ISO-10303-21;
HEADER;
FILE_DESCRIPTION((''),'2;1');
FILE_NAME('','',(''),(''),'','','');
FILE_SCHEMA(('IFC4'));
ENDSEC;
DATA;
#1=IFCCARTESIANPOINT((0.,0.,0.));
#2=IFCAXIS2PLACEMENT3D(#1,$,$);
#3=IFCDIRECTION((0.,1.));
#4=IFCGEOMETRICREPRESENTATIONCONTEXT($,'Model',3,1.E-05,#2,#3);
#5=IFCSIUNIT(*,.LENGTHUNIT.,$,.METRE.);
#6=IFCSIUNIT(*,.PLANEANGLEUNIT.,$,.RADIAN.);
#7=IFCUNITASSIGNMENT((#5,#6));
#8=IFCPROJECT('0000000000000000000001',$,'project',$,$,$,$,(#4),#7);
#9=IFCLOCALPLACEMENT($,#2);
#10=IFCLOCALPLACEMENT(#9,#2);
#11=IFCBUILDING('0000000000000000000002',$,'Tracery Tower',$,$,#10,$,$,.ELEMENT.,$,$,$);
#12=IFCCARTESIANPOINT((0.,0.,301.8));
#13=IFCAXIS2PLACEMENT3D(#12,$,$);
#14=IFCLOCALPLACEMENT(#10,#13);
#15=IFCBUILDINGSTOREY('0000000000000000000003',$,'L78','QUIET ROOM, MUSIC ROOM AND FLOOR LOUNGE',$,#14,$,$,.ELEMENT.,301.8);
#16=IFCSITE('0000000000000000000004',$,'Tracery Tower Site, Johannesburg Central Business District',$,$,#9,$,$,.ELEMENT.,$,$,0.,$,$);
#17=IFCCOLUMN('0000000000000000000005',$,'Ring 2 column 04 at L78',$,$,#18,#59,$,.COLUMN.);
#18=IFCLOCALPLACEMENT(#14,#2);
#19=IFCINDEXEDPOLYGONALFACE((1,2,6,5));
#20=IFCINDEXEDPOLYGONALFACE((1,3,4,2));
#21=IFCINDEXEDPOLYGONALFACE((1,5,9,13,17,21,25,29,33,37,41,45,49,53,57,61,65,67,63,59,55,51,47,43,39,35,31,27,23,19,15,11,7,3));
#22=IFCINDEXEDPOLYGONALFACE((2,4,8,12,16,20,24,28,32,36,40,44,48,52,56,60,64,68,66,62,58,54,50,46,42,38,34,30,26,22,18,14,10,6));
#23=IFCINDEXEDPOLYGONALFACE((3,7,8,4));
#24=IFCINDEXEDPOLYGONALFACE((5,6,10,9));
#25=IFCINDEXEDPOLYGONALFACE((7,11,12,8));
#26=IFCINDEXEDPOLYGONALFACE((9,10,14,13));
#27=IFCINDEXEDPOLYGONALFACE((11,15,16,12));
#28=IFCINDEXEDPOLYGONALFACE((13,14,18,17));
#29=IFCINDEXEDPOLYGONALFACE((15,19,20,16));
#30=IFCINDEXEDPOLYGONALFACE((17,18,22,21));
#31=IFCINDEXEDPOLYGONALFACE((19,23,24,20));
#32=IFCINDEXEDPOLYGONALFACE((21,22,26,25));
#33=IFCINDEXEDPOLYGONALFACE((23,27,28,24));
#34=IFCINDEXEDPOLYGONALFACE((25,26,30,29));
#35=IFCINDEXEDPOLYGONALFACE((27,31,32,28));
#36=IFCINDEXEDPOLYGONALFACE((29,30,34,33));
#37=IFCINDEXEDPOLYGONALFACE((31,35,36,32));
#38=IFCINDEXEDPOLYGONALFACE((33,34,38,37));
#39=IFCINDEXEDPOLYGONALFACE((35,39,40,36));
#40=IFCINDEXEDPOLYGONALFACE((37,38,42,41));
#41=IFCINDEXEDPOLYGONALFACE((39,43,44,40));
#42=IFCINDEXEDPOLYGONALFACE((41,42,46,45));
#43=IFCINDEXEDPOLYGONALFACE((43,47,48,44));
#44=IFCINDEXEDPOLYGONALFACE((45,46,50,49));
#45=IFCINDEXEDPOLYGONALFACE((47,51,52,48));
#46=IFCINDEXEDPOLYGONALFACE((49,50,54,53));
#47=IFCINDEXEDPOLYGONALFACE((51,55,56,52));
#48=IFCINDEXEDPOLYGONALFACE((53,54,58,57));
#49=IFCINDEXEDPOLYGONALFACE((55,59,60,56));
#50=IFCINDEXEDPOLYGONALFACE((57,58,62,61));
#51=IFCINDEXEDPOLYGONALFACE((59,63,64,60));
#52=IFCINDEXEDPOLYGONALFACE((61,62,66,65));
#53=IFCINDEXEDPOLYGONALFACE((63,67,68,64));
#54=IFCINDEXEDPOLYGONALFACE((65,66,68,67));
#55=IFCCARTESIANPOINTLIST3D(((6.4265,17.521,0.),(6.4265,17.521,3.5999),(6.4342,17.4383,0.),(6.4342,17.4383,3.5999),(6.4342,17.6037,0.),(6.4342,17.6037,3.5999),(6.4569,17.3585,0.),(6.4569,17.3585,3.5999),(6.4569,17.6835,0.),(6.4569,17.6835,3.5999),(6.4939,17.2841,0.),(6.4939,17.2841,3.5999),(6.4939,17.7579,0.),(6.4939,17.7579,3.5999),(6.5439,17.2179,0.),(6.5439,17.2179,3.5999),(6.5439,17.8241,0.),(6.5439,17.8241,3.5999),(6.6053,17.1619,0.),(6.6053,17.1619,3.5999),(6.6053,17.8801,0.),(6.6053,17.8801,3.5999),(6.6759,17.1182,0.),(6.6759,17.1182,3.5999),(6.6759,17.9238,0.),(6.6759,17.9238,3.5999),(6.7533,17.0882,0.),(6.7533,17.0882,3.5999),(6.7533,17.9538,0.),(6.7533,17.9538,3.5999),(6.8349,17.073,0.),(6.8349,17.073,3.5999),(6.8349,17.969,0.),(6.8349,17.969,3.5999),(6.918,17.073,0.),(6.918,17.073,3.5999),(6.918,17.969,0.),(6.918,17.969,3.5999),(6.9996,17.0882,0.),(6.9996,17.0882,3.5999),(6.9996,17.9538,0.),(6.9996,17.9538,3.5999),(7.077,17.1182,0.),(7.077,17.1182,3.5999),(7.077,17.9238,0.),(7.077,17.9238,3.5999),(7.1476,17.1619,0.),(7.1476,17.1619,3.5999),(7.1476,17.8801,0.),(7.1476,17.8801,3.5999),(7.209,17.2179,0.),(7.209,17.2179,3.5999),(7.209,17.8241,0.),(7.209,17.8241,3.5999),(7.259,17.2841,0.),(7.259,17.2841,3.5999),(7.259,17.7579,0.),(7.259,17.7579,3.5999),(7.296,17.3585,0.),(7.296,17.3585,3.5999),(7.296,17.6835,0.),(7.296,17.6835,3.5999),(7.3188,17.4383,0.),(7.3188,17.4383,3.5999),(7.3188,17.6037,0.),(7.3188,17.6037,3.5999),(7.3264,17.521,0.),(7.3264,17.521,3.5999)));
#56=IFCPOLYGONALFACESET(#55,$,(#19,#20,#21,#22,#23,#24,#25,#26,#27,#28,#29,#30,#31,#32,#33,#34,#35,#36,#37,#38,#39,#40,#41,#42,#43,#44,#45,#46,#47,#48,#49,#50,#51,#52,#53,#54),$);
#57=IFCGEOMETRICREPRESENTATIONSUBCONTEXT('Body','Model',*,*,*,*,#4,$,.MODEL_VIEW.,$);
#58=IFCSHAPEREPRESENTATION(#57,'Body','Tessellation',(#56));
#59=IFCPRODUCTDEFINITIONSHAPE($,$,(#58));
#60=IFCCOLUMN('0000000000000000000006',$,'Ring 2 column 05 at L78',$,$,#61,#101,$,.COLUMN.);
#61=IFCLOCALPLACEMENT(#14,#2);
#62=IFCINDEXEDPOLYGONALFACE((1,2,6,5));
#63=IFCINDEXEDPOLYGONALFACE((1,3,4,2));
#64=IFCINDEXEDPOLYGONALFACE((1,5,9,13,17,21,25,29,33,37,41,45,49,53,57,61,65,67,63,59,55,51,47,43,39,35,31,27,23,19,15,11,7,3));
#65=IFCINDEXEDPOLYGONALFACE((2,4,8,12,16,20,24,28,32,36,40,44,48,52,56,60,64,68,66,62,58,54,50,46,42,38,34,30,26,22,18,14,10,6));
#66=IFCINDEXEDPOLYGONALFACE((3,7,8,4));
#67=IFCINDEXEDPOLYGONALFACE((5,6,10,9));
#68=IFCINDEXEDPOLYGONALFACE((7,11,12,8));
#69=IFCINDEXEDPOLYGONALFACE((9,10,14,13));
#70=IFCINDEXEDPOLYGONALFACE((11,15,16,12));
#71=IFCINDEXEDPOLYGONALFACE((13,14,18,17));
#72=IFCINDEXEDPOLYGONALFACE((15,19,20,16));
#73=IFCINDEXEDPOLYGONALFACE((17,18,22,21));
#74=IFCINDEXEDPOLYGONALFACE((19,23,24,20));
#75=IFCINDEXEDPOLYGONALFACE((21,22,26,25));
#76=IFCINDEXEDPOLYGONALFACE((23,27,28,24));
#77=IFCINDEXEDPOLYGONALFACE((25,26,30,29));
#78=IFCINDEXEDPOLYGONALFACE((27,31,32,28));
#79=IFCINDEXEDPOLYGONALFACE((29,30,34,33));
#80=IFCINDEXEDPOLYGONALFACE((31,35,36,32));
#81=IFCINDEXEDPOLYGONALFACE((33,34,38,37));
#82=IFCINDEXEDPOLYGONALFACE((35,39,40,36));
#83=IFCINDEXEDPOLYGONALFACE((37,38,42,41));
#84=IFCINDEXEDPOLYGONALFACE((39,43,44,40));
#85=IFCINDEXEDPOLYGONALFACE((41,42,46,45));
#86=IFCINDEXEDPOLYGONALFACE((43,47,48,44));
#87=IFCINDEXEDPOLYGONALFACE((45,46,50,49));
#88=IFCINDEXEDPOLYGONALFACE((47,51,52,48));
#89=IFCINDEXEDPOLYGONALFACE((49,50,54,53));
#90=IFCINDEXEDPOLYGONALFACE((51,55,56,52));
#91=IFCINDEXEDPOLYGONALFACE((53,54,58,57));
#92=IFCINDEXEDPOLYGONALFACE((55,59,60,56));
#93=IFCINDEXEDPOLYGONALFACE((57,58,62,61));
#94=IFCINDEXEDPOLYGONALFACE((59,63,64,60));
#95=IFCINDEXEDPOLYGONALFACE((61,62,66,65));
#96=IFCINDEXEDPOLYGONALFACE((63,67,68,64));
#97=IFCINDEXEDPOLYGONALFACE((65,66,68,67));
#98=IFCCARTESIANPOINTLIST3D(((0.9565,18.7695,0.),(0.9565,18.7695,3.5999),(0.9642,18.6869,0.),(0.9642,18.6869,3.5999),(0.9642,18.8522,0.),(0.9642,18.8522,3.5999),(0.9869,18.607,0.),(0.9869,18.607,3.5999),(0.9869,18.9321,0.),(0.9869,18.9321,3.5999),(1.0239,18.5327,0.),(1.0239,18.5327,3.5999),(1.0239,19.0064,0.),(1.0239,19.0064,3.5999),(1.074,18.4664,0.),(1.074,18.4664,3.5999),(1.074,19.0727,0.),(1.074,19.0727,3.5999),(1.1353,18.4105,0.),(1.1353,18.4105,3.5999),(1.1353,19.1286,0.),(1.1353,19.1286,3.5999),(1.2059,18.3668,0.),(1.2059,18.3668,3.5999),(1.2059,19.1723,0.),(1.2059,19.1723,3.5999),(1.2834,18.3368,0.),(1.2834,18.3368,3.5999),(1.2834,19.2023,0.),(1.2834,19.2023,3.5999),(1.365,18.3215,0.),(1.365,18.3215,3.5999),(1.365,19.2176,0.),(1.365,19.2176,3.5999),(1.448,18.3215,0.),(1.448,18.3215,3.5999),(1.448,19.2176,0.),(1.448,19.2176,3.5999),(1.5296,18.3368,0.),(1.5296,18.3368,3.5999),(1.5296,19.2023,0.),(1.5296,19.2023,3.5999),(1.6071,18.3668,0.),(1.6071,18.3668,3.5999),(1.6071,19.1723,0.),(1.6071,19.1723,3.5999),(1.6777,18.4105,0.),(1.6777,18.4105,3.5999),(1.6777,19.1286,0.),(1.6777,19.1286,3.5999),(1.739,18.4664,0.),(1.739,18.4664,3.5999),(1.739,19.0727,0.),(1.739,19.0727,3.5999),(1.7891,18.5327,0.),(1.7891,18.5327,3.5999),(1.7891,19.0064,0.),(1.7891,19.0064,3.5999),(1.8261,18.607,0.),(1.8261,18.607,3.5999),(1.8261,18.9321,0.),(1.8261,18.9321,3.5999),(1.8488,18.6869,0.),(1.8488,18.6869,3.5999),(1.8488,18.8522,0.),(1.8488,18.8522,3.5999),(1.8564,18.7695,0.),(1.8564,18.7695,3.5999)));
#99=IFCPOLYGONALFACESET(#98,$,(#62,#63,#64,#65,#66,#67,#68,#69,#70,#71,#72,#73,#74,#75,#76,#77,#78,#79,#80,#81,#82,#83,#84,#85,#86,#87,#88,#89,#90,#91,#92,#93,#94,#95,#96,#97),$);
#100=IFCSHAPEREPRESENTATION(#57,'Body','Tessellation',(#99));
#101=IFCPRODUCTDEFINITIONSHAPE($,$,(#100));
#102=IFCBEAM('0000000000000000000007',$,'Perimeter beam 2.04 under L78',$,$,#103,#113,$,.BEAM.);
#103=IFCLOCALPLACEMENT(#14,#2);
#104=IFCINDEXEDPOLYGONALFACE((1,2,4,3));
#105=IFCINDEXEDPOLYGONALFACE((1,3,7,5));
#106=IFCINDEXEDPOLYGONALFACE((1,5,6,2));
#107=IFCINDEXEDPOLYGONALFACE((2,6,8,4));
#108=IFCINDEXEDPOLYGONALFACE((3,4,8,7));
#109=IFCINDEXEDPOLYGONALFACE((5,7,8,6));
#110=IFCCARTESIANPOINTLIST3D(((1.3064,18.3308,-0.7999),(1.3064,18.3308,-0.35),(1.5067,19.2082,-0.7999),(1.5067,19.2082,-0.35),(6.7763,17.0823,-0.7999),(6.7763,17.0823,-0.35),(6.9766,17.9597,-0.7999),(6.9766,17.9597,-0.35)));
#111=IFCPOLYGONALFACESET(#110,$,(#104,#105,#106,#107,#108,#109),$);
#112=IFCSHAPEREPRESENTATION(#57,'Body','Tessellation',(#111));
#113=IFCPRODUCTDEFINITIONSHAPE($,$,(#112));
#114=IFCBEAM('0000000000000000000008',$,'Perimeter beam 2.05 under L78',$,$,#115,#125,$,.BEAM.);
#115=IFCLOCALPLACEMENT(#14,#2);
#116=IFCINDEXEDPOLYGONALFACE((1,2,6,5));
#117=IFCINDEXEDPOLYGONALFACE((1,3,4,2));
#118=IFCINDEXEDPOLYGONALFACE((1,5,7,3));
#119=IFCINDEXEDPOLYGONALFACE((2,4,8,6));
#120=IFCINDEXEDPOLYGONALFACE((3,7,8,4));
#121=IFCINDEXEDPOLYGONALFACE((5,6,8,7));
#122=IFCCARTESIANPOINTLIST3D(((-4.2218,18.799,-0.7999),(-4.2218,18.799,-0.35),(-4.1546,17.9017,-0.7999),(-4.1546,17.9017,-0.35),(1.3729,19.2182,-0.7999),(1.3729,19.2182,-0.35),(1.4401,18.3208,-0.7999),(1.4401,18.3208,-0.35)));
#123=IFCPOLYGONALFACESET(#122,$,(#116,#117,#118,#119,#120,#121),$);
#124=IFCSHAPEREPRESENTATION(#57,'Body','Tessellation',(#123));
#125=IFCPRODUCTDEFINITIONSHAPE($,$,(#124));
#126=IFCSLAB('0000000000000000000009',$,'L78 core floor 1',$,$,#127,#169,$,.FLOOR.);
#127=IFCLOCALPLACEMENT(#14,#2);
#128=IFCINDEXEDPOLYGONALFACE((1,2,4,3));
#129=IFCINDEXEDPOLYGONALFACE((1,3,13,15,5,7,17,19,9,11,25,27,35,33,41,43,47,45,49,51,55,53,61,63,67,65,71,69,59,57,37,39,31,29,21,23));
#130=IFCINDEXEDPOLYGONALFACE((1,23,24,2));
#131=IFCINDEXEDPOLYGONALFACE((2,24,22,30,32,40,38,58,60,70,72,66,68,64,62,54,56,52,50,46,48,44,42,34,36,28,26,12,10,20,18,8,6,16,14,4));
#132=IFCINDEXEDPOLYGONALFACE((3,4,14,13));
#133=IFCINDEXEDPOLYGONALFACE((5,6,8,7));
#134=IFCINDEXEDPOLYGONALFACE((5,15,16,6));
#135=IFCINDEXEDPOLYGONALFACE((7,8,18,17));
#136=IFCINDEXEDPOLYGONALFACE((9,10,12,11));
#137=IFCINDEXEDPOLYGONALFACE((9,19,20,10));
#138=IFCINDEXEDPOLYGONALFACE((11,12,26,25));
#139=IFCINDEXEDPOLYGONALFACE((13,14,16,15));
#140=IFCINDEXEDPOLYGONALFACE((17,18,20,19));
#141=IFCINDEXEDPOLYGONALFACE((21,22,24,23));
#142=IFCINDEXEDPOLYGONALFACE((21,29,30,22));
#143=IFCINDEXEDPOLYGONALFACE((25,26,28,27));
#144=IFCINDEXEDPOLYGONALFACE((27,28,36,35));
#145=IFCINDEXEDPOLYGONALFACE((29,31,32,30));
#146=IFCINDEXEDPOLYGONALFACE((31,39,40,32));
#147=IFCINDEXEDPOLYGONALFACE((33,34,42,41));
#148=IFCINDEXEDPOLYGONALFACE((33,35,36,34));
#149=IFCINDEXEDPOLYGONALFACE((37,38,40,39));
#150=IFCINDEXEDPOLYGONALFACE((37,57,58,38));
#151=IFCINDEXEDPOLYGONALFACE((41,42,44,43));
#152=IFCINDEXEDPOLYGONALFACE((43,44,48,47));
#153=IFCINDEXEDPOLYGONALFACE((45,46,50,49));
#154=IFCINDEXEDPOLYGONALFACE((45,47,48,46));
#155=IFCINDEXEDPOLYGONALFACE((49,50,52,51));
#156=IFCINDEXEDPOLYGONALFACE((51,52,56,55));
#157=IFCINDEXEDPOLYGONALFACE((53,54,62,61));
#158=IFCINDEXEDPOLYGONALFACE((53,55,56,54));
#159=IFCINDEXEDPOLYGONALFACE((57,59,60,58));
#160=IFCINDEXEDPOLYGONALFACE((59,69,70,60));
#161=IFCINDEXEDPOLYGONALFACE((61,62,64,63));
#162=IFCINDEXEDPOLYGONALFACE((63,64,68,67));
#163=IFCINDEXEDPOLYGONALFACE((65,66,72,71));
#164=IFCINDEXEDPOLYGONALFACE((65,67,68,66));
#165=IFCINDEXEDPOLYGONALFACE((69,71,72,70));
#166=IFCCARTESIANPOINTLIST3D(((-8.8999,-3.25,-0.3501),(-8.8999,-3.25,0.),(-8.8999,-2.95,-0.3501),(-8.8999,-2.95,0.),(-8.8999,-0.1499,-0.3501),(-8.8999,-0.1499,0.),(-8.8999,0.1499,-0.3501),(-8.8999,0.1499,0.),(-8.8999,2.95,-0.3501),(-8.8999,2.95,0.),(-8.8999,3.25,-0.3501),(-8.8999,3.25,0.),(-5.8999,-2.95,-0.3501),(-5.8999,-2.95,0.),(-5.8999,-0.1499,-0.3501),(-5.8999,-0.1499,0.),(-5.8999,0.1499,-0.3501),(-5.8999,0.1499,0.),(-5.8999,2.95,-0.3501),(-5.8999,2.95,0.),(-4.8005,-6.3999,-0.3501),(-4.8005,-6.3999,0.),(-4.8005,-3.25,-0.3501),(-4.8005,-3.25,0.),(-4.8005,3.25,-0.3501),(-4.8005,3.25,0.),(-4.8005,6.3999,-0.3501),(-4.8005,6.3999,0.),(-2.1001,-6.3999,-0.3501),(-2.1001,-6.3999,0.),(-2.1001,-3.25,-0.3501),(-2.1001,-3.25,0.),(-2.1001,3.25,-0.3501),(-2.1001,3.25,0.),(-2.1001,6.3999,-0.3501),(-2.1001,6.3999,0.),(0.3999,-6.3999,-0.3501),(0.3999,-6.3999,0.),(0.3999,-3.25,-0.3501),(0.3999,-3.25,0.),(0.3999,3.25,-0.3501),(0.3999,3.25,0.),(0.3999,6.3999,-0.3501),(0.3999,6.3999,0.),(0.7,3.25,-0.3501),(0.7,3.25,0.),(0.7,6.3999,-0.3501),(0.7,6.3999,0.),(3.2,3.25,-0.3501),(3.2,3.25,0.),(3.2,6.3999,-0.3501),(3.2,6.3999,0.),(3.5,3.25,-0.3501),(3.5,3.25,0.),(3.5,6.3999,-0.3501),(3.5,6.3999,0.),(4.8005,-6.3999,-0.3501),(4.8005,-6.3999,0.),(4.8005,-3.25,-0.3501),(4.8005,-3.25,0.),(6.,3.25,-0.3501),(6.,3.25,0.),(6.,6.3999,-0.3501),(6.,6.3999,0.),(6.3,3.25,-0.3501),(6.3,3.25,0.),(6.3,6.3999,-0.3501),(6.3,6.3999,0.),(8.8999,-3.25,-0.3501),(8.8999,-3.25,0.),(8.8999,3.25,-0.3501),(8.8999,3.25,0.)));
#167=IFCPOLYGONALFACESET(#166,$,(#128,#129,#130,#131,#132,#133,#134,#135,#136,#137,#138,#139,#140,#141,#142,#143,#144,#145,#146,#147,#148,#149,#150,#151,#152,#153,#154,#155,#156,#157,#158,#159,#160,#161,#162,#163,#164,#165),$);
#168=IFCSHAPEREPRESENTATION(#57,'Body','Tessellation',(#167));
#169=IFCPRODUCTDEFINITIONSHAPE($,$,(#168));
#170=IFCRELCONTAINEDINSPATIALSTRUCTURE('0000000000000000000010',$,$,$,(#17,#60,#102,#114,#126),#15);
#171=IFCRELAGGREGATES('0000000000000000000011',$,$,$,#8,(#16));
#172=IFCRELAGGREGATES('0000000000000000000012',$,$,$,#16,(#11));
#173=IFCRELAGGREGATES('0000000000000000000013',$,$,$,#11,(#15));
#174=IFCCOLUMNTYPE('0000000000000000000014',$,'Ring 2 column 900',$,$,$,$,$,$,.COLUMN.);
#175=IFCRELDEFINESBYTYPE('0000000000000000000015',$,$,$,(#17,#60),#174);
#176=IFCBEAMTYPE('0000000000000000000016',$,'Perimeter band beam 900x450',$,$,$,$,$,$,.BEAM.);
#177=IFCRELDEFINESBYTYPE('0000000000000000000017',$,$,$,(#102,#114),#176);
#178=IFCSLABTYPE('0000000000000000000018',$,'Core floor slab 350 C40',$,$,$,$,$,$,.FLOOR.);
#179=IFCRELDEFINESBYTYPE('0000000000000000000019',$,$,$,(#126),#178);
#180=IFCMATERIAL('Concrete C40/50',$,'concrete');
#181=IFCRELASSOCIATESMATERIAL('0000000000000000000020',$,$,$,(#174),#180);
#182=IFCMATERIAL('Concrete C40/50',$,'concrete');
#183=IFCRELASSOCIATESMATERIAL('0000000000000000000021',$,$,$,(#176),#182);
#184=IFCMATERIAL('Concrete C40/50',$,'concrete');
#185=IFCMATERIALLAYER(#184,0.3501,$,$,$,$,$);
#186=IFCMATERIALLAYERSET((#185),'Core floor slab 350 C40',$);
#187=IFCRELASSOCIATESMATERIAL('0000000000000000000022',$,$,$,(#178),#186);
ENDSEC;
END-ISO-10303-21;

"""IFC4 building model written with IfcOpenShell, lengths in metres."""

from ifc_helpers import new_model, si_unit, direction, frame, origin, origin_2d, place, context, subcontext, project, spatial, polyline, rectangle, circle, outline, extrude, material, layer, layer_set, material_profile, profile_set, type_object, element, save


model = new_model("IFC4")

# Units and contexts
model_context = context("Model", 3, precision=1e-05, world=origin(), true_north=direction((0.0, 1.0)))
body_context = subcontext(model_context, "Body", "Model", "MODEL_VIEW")
ifc_project = project(units=[si_unit("LENGTHUNIT", "METRE"), si_unit("PLANEANGLEUNIT", "RADIAN")], contexts=[model_context])

# Site, building, storey
site_placement = place(None, origin())
site = spatial("IfcSite", under=ifc_project, at=site_placement, Name="Tracery Tower Site, Johannesburg Central Business District", CompositionType="ELEMENT", RefElevation=0.0)
building_placement = place(site_placement, origin())
building = spatial("IfcBuilding", under=site, at=building_placement, Name="Tracery Tower", CompositionType="ELEMENT")
storey_placement = place(building_placement, frame((0.0, 0.0, 301.8)))
storey = spatial("IfcBuildingStorey", under=building, at=storey_placement, Name="L78", Description="QUIET ROOM, MUSIC ROOM AND FLOOR LOUNGE", CompositionType="ELEMENT", Elevation=301.8)

# Columns
ifc_material_1 = material(Name="Concrete C40/50", Category="concrete")
ifc_material_profile_1 = material_profile(ifc_material_1, circle(Radius=0.45, at=origin_2d()), Name="RC D900")
ifc_profile_set_1 = profile_set([ifc_material_profile_1], Name="Concrete C40/50")
column_type = type_object("IfcColumnType", Name="Ring 2 column 900", PredefinedType="COLUMN", material=ifc_profile_set_1)
for number, where, z_axis, x_axis, name in (
    (1, (6.8765, 17.521, 0.0), (0.0, 0.0, 1.0), (1.0, 0.0, 0.0), "Ring 2 column 04 at L78"),
    (2, (1.4065, 18.7695, 0.0), (0.0, 0.0, 1.0), (1.0, 0.0, 0.0), "Ring 2 column 05 at L78"),
):
    element("IfcColumn", number, at=place(storey_placement, frame(where, z_axis=z_axis, x_axis=x_axis)), inside=storey, type_object=column_type, Name=name, PredefinedType="COLUMN", context=body_context, shape_type="SweptSolid", body=[
        extrude(circle(Radius=0.45, at=origin_2d()), origin(), (0.0, 0.0, 1.0), 3.5999),
    ])

# Beams
ifc_material_2 = material(Name="Concrete C40/50", Category="concrete")
ifc_material_profile_2 = material_profile(ifc_material_2, rectangle(XDim=0.8999, YDim=0.45, at=origin_2d()), Name="RC 900x450")
ifc_profile_set_2 = profile_set([ifc_material_profile_2], Name="Concrete C40/50")
beam_type = type_object("IfcBeamType", Name="Perimeter band beam 900x450", PredefinedType="BEAM", material=ifc_profile_set_2)
beam_1_placement = place(storey_placement, frame((6.8765, 17.521, -0.575), z_axis=(-0.974926, 0.222529, 0.0), x_axis=(-0.222529, -0.974926, 0.0)))
element("IfcBeam", 3, at=beam_1_placement, inside=storey, type_object=beam_type, Name="Perimeter beam 2.04 under L78", PredefinedType="BEAM", context=body_context, shape_type="SweptSolid", body=[
    extrude(rectangle(XDim=0.8999, YDim=0.45, at=origin_2d()), origin(), (0.0, 0.0, 1.0), 5.6106),
])
beam_2_placement = place(storey_placement, frame((1.4065, 18.7695, -0.575), z_axis=(-0.997205, -0.074716, 0.0), x_axis=(0.074716, -0.997205, 0.0)))
element("IfcBeam", 4, at=beam_2_placement, inside=storey, type_object=beam_type, Name="Perimeter beam 2.05 under L78", PredefinedType="BEAM", context=body_context, shape_type="SweptSolid", body=[
    extrude(rectangle(XDim=0.8999, YDim=0.45, at=origin_2d()), origin(), (0.0, 0.0, 1.0), 5.6104),
])

# Slab
ifc_material_3 = material(Name="Concrete C40/50", Category="concrete")
ifc_layer_1 = layer(ifc_material_3, 0.3501)
ifc_layer_set_1 = layer_set([ifc_layer_1], Name="Core floor slab 350 C40")
slab_type_1 = type_object("IfcSlabType", Name="Core floor slab 350 C40", PredefinedType="FLOOR", material=ifc_layer_set_1)
slab_1_placement = place(storey_placement, frame((0.0, 0.0, -0.3501)))
element("IfcSlab", 5, at=slab_1_placement, inside=storey, type_object=slab_type_1, Name="L78 core floor 1", PredefinedType="FLOOR", context=body_context, shape_type="SweptSolid", body=[
    extrude(outline(polyline([(-4.8005, -3.25), (-8.8999, -3.25), (-8.8999, -2.95), (-5.8999, -2.95), (-5.8999, -0.1499), (-8.8999, -0.1499), (-8.8999, 0.1499), (-5.8999, 0.1499), (-5.8999, 2.95), (-8.8999, 2.95), (-8.8999, 3.25), (-4.8005, 3.25), (-4.8005, 6.3999), (-2.1001, 6.3999), (-2.1001, 3.25), (0.3999, 3.25), (0.3999, 6.3999), (0.7, 6.3999), (0.7, 3.25), (3.2, 3.25), (3.2, 6.3999), (3.5, 6.3999), (3.5, 3.25), (6.0, 3.25), (6.0, 6.3999), (6.3, 6.3999), (6.3, 3.25), (8.8999, 3.25), (8.8999, -3.25), (4.8005, -3.25), (4.8005, -6.3999), (0.3999, -6.3999), (0.3999, -3.25), (-2.1001, -3.25), (-2.1001, -6.3999), (-4.8005, -6.3999), (-4.8005, -3.25)])), origin(), (0.0, 0.0, 1.0), 0.3501),
])

save(model, "model.ifc")
